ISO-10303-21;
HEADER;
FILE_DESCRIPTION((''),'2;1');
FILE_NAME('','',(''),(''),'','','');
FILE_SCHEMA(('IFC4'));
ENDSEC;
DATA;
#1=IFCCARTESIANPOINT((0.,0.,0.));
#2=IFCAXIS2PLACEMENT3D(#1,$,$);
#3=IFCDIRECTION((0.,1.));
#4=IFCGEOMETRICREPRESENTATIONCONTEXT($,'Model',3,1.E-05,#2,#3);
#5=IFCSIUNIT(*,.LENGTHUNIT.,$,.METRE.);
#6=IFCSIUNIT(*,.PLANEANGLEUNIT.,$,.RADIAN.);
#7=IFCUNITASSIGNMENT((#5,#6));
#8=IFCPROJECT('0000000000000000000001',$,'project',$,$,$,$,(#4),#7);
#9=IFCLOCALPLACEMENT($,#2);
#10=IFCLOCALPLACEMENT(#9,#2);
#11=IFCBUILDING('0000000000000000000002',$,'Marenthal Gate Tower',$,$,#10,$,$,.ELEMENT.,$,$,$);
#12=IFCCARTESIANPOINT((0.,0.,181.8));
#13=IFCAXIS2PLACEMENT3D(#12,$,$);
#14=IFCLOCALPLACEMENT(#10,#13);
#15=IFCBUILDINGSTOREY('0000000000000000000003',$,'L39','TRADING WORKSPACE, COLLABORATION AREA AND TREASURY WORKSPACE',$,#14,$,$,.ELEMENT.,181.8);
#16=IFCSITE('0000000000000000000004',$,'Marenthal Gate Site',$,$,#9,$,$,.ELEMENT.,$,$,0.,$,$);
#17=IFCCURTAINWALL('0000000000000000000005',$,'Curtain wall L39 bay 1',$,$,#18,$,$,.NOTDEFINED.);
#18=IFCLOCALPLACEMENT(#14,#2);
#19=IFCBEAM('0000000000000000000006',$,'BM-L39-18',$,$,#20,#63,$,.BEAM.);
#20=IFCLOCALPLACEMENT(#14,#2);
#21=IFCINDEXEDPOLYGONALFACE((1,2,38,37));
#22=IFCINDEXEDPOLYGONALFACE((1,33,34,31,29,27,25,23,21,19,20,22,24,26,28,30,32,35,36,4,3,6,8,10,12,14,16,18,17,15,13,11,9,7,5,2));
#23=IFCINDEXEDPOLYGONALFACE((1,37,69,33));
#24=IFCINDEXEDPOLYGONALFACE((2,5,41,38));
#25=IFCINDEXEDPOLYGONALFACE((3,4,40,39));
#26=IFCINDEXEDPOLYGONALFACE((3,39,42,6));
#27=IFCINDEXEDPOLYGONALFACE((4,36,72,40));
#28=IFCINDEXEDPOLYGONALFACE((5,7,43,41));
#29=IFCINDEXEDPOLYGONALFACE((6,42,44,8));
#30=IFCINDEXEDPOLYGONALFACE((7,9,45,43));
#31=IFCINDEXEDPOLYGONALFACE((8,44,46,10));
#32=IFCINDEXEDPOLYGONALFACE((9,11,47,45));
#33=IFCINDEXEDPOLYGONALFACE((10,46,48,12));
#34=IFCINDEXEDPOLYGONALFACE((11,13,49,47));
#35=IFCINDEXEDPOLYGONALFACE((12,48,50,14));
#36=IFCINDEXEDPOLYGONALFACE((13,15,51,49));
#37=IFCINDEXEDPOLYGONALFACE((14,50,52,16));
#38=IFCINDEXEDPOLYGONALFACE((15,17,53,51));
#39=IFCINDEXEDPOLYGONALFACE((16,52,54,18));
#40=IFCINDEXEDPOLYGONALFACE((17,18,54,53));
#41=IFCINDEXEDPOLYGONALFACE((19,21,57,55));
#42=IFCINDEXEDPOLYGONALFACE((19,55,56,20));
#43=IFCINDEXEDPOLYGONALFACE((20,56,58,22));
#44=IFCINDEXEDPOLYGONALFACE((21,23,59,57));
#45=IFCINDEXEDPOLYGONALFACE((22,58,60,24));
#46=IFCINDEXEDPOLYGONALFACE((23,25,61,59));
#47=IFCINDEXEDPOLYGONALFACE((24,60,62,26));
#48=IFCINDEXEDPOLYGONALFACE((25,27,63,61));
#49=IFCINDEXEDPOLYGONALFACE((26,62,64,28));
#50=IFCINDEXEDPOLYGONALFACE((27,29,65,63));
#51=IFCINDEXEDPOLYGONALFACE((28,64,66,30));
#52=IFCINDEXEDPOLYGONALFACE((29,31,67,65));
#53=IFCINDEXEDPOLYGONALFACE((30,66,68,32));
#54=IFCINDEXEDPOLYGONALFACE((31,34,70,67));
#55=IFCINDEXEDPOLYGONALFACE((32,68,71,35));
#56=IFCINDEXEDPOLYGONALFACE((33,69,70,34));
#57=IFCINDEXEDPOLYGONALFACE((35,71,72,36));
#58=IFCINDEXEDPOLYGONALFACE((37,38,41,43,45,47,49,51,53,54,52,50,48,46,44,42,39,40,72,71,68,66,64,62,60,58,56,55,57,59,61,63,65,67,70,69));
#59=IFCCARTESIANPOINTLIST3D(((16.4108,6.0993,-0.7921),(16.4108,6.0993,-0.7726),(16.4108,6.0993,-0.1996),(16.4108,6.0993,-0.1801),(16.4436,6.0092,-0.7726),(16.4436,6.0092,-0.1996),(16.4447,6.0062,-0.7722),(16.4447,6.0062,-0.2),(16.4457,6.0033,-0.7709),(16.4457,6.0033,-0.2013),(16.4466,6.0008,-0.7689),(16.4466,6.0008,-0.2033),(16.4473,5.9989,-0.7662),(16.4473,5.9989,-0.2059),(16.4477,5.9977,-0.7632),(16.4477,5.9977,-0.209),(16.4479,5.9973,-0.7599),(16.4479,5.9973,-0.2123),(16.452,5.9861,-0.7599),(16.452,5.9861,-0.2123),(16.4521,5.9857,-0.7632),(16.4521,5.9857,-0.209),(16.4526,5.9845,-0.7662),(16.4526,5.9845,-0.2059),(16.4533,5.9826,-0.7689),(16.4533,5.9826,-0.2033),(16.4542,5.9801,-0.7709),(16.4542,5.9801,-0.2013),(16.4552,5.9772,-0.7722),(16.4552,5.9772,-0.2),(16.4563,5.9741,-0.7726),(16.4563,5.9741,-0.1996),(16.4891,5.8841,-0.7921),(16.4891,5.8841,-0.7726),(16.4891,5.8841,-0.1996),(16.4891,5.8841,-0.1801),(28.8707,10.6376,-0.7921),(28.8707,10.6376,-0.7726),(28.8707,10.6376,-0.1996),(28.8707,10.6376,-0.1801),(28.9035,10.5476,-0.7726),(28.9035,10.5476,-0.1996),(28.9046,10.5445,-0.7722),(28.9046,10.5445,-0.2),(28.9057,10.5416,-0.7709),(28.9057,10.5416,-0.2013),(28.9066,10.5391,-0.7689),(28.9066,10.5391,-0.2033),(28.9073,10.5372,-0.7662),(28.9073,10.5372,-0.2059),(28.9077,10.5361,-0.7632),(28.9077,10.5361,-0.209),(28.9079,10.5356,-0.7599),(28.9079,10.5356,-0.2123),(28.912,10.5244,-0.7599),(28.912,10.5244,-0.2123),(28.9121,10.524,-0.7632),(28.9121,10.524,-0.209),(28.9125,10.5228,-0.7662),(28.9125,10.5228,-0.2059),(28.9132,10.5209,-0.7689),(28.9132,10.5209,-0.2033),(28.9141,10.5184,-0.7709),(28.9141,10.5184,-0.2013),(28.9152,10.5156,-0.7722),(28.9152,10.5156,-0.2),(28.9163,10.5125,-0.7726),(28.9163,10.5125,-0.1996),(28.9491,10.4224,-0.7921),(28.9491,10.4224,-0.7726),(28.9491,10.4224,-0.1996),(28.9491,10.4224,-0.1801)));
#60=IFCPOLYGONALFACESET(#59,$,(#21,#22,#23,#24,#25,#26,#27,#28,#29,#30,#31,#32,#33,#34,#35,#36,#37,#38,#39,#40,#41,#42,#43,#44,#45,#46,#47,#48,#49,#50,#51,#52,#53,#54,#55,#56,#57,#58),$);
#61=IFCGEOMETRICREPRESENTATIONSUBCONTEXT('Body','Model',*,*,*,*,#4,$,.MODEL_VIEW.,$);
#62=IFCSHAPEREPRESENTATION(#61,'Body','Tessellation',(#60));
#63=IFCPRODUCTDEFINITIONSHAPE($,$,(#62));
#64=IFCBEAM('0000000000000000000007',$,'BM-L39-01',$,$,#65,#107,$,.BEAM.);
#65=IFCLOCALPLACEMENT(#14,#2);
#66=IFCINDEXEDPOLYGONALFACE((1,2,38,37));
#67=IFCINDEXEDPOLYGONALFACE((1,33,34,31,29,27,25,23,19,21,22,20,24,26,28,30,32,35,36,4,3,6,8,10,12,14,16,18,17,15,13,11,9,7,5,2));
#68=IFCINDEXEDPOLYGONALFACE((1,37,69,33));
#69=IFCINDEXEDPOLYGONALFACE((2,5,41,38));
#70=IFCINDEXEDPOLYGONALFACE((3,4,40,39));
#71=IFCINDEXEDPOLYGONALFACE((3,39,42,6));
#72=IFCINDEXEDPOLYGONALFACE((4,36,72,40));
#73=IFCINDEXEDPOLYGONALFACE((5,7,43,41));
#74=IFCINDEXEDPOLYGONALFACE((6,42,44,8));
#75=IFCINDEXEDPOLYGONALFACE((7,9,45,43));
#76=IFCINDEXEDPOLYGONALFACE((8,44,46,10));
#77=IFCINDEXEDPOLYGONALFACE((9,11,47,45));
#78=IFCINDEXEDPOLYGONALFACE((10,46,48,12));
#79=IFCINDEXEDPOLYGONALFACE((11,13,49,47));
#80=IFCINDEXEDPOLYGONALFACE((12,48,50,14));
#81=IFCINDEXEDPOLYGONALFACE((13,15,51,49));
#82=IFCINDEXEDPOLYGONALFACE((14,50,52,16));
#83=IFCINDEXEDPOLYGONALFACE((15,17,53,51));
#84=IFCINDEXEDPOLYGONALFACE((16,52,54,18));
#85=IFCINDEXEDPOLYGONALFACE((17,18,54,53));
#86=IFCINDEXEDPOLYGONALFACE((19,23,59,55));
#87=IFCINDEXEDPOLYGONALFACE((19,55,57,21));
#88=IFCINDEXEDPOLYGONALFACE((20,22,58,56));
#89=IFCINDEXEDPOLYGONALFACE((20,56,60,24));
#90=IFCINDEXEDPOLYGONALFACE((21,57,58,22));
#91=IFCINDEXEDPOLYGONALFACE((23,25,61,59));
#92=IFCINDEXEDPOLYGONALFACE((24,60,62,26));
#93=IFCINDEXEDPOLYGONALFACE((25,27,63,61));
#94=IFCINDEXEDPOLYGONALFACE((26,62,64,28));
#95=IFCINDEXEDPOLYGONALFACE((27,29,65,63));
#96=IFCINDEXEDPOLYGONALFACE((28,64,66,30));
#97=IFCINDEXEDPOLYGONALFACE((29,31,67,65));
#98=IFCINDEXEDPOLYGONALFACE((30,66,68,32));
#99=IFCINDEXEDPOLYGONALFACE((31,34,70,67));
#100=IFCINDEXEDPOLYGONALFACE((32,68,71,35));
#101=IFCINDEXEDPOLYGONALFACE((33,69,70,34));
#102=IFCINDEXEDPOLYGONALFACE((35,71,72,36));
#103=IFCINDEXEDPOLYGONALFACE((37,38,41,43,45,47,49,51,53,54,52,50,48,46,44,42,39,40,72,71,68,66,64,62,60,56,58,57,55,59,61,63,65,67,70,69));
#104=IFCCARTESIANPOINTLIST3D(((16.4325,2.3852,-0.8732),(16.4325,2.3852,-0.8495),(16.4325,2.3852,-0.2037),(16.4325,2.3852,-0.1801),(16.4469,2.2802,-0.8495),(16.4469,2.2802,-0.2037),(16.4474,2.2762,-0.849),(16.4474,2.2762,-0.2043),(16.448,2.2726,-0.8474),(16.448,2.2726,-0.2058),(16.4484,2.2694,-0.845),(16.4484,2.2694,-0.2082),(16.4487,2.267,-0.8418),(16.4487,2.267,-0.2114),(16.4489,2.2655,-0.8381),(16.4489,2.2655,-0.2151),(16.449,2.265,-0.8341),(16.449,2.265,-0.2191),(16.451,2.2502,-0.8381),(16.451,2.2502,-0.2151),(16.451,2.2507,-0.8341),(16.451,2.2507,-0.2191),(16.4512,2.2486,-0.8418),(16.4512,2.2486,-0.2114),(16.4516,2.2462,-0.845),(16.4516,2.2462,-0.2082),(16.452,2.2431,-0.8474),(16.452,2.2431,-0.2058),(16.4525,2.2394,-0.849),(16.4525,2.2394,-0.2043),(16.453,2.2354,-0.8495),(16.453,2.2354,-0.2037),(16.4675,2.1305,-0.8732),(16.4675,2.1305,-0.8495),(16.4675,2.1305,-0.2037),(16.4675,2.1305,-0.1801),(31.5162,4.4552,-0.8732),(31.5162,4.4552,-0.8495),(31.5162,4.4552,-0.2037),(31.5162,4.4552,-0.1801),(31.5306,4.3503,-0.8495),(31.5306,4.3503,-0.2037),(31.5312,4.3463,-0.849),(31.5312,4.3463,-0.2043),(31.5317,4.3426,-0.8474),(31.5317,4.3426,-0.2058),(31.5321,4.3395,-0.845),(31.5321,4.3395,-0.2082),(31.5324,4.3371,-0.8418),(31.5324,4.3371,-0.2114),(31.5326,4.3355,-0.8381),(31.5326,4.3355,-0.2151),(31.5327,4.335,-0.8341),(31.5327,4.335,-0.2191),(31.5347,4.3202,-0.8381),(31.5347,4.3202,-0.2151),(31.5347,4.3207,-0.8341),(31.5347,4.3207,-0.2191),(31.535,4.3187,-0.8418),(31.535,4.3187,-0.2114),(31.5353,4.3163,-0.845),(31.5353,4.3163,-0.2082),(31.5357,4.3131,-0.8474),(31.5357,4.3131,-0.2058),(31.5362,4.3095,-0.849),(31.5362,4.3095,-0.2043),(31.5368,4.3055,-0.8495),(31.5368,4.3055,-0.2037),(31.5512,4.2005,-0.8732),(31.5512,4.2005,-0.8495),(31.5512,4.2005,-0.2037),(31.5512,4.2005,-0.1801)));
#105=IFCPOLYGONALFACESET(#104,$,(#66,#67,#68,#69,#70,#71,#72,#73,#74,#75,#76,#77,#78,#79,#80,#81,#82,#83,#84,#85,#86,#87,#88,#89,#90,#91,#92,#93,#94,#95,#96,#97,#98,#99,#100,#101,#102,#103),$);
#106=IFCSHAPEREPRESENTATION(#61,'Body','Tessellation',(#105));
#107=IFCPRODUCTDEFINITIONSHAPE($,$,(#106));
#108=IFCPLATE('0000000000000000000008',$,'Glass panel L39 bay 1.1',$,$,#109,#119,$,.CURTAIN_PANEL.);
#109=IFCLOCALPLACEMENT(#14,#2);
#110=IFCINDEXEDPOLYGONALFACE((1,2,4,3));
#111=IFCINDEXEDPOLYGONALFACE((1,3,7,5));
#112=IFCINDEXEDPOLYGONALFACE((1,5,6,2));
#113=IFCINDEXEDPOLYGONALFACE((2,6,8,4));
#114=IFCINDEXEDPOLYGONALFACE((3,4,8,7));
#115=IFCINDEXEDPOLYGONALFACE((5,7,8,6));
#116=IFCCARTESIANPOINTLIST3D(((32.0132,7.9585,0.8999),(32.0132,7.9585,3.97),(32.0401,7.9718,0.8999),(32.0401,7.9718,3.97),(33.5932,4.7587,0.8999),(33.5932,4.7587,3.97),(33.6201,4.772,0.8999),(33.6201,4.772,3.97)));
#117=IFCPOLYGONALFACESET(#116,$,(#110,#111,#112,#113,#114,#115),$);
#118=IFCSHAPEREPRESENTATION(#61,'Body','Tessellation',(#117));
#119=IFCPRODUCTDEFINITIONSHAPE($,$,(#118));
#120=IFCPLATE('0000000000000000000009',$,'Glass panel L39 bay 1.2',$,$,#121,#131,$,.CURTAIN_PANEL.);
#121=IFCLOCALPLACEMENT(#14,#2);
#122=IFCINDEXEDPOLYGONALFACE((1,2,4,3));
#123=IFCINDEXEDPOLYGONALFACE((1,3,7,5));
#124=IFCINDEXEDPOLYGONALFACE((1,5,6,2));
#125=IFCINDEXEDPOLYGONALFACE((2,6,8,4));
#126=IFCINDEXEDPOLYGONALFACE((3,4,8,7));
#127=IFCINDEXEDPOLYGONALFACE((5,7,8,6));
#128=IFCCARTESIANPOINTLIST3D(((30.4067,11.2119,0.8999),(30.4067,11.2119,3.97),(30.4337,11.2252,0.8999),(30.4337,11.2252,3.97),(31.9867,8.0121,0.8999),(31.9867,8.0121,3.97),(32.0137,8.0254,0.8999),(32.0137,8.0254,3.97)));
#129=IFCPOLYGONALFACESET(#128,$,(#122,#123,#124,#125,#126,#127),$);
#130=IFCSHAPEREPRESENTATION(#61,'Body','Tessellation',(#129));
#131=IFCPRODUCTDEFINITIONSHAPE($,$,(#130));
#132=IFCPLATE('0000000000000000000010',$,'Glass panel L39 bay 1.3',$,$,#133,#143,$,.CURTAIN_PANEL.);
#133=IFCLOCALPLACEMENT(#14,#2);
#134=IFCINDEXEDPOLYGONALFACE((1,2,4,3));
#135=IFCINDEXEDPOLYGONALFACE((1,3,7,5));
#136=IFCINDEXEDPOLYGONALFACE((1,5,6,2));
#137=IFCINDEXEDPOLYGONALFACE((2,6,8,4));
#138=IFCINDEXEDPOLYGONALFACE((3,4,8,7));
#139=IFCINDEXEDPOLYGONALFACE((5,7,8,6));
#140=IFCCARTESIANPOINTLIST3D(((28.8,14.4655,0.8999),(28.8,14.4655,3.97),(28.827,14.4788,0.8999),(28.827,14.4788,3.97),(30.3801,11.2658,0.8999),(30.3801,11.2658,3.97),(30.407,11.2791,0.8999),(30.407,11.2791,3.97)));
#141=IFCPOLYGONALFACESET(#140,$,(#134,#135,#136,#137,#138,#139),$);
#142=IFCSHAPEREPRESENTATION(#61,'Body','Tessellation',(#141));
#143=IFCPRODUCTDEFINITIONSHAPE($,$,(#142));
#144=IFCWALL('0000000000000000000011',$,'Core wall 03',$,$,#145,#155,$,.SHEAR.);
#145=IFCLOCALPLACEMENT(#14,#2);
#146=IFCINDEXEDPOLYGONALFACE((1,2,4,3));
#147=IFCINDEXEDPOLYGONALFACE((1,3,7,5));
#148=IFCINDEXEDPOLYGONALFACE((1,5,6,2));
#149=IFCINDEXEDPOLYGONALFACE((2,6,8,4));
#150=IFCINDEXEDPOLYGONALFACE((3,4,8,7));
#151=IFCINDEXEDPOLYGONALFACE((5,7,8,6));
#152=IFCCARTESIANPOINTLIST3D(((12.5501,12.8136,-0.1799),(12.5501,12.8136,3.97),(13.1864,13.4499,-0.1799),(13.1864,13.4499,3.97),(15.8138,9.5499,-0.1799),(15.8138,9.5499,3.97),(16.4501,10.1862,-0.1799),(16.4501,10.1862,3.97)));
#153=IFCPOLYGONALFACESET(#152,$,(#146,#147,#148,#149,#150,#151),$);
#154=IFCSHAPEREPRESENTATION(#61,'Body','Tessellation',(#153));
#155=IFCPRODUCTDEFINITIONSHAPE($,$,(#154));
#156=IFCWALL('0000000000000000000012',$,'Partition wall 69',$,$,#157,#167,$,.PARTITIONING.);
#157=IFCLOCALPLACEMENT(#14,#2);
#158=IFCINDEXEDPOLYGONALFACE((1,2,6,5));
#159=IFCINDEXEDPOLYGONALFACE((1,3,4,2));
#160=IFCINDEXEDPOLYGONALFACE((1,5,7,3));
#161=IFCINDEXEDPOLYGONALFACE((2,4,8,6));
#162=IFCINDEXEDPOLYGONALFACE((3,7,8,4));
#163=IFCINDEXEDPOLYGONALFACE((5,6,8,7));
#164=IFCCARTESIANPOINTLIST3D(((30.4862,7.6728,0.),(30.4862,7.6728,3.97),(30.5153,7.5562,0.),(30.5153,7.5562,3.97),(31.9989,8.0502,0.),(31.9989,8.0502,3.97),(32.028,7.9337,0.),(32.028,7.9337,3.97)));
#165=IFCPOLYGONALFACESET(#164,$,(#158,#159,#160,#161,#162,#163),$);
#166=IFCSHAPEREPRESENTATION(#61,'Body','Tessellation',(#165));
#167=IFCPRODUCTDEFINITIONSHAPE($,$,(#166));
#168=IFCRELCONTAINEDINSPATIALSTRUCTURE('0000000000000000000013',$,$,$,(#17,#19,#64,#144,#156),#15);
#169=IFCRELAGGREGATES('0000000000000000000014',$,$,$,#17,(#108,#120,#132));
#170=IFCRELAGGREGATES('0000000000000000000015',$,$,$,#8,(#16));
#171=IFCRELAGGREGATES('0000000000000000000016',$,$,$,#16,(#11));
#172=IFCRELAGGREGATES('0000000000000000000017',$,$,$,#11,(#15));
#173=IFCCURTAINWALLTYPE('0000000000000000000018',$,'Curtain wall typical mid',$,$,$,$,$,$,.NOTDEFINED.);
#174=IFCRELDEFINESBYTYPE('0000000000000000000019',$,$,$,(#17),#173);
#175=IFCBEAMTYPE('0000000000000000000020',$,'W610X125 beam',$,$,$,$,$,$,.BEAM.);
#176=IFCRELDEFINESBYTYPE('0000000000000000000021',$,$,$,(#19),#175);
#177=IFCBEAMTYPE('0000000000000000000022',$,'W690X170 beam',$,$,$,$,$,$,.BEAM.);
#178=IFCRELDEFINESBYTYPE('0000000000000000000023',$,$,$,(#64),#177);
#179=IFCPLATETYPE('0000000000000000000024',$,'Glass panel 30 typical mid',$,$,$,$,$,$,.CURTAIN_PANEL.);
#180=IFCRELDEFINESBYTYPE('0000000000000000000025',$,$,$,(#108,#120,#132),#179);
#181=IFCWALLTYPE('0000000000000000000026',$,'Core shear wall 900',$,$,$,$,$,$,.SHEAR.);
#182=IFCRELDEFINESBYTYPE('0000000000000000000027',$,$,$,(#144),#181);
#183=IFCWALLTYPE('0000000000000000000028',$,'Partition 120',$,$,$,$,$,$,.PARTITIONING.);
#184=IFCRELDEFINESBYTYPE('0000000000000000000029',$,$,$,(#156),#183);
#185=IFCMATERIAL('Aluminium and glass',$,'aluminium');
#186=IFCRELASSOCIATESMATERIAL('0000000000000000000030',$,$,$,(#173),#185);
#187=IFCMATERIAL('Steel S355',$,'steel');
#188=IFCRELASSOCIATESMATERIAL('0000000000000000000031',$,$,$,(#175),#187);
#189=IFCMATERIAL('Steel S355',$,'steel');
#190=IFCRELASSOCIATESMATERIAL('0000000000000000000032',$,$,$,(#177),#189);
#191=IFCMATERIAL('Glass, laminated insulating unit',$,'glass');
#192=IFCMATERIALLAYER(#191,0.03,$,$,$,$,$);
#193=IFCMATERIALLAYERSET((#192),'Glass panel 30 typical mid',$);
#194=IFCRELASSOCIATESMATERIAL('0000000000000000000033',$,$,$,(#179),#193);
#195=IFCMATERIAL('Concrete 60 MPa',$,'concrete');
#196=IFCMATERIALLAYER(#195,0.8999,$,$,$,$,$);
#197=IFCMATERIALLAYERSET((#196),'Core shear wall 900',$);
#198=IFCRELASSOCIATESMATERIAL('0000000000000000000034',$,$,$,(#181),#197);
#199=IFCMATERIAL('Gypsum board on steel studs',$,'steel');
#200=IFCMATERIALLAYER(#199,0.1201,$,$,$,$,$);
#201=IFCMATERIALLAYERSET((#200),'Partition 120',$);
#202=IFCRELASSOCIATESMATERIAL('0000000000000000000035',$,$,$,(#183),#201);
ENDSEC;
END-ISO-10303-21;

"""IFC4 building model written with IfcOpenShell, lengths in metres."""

from ifc_helpers import new_model, si_unit, direction, frame, frame_2d, origin, origin_2d, place, context, subcontext, project, spatial, rectangle, i_section, extrude, material, layer, layer_set, material_profile, profile_set, type_object, element, aggregate, save


model = new_model("IFC4")

# Units and contexts
model_context = context("Model", 3, precision=1e-05, world=origin(), true_north=direction((0.0, 1.0)))
body_context = subcontext(model_context, "Body", "Model", "MODEL_VIEW")
ifc_project = project(units=[si_unit("LENGTHUNIT", "METRE"), si_unit("PLANEANGLEUNIT", "RADIAN")], contexts=[model_context])

# Site, building, storey
site_placement = place(None, origin())
site = spatial("IfcSite", under=ifc_project, at=site_placement, Name="Marenthal Gate Site", CompositionType="ELEMENT", RefElevation=0.0)
building_placement = place(site_placement, origin())
building = spatial("IfcBuilding", under=site, at=building_placement, Name="Marenthal Gate Tower", CompositionType="ELEMENT")
storey_placement = place(building_placement, frame((0.0, 0.0, 181.8)))
storey = spatial("IfcBuildingStorey", under=building, at=storey_placement, Name="L39", Description="TRADING WORKSPACE, COLLABORATION AREA AND TREASURY WORKSPACE", CompositionType="ELEMENT", Elevation=181.8)

# Curtain wall
ifc_material_1 = material(Name="Aluminium and glass", Category="aluminium")
curtain_wall_type = type_object("IfcCurtainWallType", Name="Curtain wall typical mid", PredefinedType="NOTDEFINED", material=ifc_material_1)
curtain_wall_placement = place(storey_placement, origin())
curtain_wall = element("IfcCurtainWall", 1, at=curtain_wall_placement, inside=storey, type_object=curtain_wall_type, Name="Curtain wall L39 bay 1", PredefinedType="NOTDEFINED")

# Beams
ifc_material_2 = material(Name="Steel S355", Category="steel")
ifc_material_profile_1 = material_profile(ifc_material_2, i_section(OverallWidth=0.229, OverallDepth=0.6121, WebThickness=0.012, FlangeThickness=0.0195, FilletRadius=0.0127, at=origin_2d()), Name="W610X125")
ifc_profile_set_1 = profile_set([ifc_material_profile_1], Name="Steel S355")
beam_type_1 = type_object("IfcBeamType", Name="W610X125 beam", PredefinedType="BEAM", material=ifc_profile_set_1)
beam_1_placement = place(storey_placement, frame((28.9099, 10.53, -0.4861), z_axis=(-0.939613, -0.342238, 0.0), x_axis=(0.342238, -0.939613, 0.0)))
element("IfcBeam", 2, at=beam_1_placement, inside=storey, type_object=beam_type_1, Name="BM-L39-18", PredefinedType="BEAM", context=body_context, shape_type="SweptSolid", body=[
    extrude(i_section(OverallWidth=0.229, OverallDepth=0.6121, WebThickness=0.012, FlangeThickness=0.0195, FilletRadius=0.0127, at=origin_2d()), origin(), (0.0, 0.0, 1.0), 13.2607),
])
ifc_material_3 = material(Name="Steel S355", Category="steel")
ifc_material_profile_2 = material_profile(ifc_material_3, i_section(OverallWidth=0.2571, OverallDepth=0.6931, WebThickness=0.0144, FlangeThickness=0.0237, FilletRadius=0.0154, at=origin_2d()), Name="W690X170")
ifc_profile_set_2 = profile_set([ifc_material_profile_2], Name="Steel S355")
beam_type_2 = type_object("IfcBeamType", Name="W690X170 beam", PredefinedType="BEAM", material=ifc_profile_set_2)
beam_2_placement = place(storey_placement, frame((31.5337, 4.3279, -0.5266), z_axis=(-0.990714, -0.135964, 0.0), x_axis=(0.135964, -0.990714, 0.0)))
element("IfcBeam", 3, at=beam_2_placement, inside=storey, type_object=beam_type_2, Name="BM-L39-01", PredefinedType="BEAM", context=body_context, shape_type="SweptSolid", body=[
    extrude(i_section(OverallWidth=0.2571, OverallDepth=0.6931, WebThickness=0.0144, FlangeThickness=0.0237, FilletRadius=0.0154, at=origin_2d()), origin(), (0.0, 0.0, 1.0), 15.2251),
])

# Plates
ifc_material_4 = material(Name="Glass, laminated insulating unit", Category="glass")
ifc_layer_1 = layer(ifc_material_4, 0.03)
ifc_layer_set_1 = layer_set([ifc_layer_1], Name="Glass panel 30 typical mid")
plate_type = type_object("IfcPlateType", Name="Glass panel 30 typical mid", PredefinedType="CURTAIN_PANEL", material=ifc_layer_set_1)
plate_1_placement = place(storey_placement, frame((32.8167, 6.3652, 0.8999), z_axis=(0.0, 0.0, 1.0), x_axis=(-0.442753, 0.896643, 0.0)))
plate_1 = element("IfcPlate", 4, at=plate_1_placement, type_object=plate_type, Name="Glass panel L39 bay 1.1", PredefinedType="CURTAIN_PANEL", context=body_context, shape_type="SweptSolid", body=[
    extrude(rectangle(XDim=3.5686, YDim=0.03, at=origin_2d()), origin(), (0.0, 0.0, 1.0), 3.0701),
])
plate_2_placement = place(storey_placement, frame((31.2102, 9.6187, 0.8999), z_axis=(0.0, 0.0, 1.0), x_axis=(-0.442753, 0.896643, 0.0)))
plate_2 = element("IfcPlate", 5, at=plate_2_placement, type_object=plate_type, Name="Glass panel L39 bay 1.2", PredefinedType="CURTAIN_PANEL", context=body_context, shape_type="SweptSolid", body=[
    extrude(rectangle(XDim=3.5686, YDim=0.03, at=origin_2d()), origin(), (0.0, 0.0, 1.0), 3.0701),
])
plate_3_placement = place(storey_placement, frame((29.6035, 12.8723, 0.8999), z_axis=(0.0, 0.0, 1.0), x_axis=(-0.442753, 0.896643, 0.0)))
plate_3 = element("IfcPlate", 6, at=plate_3_placement, type_object=plate_type, Name="Glass panel L39 bay 1.3", PredefinedType="CURTAIN_PANEL", context=body_context, shape_type="SweptSolid", body=[
    extrude(rectangle(XDim=3.5686, YDim=0.03, at=origin_2d()), origin(), (0.0, 0.0, 1.0), 3.0701),
])
aggregate(curtain_wall, [plate_1, plate_2, plate_3])

# Walls
ifc_material_5 = material(Name="Concrete 60 MPa", Category="concrete")
ifc_layer_2 = layer(ifc_material_5, 0.8999)
ifc_layer_set_2 = layer_set([ifc_layer_2], Name="Core shear wall 900")
wall_type_1 = type_object("IfcWallType", Name="Core shear wall 900", PredefinedType="SHEAR", material=ifc_layer_set_2)
wall_1_placement = place(storey_placement, frame((16.1318, 9.8682, -0.1799), z_axis=(0.0, 0.0, 1.0), x_axis=(-0.707107, 0.707107, 0.0)))
element("IfcWall", 7, at=wall_1_placement, inside=storey, type_object=wall_type_1, Name="Core wall 03", PredefinedType="SHEAR", context=body_context, shape_type="SweptSolid", body=[
    extrude(rectangle(XDim=4.6155, YDim=0.8999, at=frame_2d((2.3076, 0.0))), origin(), (0.0, 0.0, 1.0), 4.1499),
])
ifc_material_6 = material(Name="Gypsum board on steel studs", Category="steel")
ifc_layer_3 = layer(ifc_material_6, 0.1201)
ifc_layer_set_3 = layer_set([ifc_layer_3], Name="Partition 120")
wall_type_2 = type_object("IfcWallType", Name="Partition 120", PredefinedType="PARTITIONING", material=ifc_layer_set_3)
wall_2_placement = place(storey_placement, frame((30.5007, 7.6145, 0.0), z_axis=(0.0, 0.0, 1.0), x_axis=(0.970253, 0.242093, 0.0)))
element("IfcWall", 8, at=wall_2_placement, inside=storey, type_object=wall_type_2, Name="Partition wall 69", PredefinedType="PARTITIONING", context=body_context, shape_type="SweptSolid", body=[
    extrude(rectangle(XDim=1.5591, YDim=0.1201, at=frame_2d((0.7795, 0.0))), origin(), (0.0, 0.0, 1.0), 3.97),
])

save(model, "model.ifc")
